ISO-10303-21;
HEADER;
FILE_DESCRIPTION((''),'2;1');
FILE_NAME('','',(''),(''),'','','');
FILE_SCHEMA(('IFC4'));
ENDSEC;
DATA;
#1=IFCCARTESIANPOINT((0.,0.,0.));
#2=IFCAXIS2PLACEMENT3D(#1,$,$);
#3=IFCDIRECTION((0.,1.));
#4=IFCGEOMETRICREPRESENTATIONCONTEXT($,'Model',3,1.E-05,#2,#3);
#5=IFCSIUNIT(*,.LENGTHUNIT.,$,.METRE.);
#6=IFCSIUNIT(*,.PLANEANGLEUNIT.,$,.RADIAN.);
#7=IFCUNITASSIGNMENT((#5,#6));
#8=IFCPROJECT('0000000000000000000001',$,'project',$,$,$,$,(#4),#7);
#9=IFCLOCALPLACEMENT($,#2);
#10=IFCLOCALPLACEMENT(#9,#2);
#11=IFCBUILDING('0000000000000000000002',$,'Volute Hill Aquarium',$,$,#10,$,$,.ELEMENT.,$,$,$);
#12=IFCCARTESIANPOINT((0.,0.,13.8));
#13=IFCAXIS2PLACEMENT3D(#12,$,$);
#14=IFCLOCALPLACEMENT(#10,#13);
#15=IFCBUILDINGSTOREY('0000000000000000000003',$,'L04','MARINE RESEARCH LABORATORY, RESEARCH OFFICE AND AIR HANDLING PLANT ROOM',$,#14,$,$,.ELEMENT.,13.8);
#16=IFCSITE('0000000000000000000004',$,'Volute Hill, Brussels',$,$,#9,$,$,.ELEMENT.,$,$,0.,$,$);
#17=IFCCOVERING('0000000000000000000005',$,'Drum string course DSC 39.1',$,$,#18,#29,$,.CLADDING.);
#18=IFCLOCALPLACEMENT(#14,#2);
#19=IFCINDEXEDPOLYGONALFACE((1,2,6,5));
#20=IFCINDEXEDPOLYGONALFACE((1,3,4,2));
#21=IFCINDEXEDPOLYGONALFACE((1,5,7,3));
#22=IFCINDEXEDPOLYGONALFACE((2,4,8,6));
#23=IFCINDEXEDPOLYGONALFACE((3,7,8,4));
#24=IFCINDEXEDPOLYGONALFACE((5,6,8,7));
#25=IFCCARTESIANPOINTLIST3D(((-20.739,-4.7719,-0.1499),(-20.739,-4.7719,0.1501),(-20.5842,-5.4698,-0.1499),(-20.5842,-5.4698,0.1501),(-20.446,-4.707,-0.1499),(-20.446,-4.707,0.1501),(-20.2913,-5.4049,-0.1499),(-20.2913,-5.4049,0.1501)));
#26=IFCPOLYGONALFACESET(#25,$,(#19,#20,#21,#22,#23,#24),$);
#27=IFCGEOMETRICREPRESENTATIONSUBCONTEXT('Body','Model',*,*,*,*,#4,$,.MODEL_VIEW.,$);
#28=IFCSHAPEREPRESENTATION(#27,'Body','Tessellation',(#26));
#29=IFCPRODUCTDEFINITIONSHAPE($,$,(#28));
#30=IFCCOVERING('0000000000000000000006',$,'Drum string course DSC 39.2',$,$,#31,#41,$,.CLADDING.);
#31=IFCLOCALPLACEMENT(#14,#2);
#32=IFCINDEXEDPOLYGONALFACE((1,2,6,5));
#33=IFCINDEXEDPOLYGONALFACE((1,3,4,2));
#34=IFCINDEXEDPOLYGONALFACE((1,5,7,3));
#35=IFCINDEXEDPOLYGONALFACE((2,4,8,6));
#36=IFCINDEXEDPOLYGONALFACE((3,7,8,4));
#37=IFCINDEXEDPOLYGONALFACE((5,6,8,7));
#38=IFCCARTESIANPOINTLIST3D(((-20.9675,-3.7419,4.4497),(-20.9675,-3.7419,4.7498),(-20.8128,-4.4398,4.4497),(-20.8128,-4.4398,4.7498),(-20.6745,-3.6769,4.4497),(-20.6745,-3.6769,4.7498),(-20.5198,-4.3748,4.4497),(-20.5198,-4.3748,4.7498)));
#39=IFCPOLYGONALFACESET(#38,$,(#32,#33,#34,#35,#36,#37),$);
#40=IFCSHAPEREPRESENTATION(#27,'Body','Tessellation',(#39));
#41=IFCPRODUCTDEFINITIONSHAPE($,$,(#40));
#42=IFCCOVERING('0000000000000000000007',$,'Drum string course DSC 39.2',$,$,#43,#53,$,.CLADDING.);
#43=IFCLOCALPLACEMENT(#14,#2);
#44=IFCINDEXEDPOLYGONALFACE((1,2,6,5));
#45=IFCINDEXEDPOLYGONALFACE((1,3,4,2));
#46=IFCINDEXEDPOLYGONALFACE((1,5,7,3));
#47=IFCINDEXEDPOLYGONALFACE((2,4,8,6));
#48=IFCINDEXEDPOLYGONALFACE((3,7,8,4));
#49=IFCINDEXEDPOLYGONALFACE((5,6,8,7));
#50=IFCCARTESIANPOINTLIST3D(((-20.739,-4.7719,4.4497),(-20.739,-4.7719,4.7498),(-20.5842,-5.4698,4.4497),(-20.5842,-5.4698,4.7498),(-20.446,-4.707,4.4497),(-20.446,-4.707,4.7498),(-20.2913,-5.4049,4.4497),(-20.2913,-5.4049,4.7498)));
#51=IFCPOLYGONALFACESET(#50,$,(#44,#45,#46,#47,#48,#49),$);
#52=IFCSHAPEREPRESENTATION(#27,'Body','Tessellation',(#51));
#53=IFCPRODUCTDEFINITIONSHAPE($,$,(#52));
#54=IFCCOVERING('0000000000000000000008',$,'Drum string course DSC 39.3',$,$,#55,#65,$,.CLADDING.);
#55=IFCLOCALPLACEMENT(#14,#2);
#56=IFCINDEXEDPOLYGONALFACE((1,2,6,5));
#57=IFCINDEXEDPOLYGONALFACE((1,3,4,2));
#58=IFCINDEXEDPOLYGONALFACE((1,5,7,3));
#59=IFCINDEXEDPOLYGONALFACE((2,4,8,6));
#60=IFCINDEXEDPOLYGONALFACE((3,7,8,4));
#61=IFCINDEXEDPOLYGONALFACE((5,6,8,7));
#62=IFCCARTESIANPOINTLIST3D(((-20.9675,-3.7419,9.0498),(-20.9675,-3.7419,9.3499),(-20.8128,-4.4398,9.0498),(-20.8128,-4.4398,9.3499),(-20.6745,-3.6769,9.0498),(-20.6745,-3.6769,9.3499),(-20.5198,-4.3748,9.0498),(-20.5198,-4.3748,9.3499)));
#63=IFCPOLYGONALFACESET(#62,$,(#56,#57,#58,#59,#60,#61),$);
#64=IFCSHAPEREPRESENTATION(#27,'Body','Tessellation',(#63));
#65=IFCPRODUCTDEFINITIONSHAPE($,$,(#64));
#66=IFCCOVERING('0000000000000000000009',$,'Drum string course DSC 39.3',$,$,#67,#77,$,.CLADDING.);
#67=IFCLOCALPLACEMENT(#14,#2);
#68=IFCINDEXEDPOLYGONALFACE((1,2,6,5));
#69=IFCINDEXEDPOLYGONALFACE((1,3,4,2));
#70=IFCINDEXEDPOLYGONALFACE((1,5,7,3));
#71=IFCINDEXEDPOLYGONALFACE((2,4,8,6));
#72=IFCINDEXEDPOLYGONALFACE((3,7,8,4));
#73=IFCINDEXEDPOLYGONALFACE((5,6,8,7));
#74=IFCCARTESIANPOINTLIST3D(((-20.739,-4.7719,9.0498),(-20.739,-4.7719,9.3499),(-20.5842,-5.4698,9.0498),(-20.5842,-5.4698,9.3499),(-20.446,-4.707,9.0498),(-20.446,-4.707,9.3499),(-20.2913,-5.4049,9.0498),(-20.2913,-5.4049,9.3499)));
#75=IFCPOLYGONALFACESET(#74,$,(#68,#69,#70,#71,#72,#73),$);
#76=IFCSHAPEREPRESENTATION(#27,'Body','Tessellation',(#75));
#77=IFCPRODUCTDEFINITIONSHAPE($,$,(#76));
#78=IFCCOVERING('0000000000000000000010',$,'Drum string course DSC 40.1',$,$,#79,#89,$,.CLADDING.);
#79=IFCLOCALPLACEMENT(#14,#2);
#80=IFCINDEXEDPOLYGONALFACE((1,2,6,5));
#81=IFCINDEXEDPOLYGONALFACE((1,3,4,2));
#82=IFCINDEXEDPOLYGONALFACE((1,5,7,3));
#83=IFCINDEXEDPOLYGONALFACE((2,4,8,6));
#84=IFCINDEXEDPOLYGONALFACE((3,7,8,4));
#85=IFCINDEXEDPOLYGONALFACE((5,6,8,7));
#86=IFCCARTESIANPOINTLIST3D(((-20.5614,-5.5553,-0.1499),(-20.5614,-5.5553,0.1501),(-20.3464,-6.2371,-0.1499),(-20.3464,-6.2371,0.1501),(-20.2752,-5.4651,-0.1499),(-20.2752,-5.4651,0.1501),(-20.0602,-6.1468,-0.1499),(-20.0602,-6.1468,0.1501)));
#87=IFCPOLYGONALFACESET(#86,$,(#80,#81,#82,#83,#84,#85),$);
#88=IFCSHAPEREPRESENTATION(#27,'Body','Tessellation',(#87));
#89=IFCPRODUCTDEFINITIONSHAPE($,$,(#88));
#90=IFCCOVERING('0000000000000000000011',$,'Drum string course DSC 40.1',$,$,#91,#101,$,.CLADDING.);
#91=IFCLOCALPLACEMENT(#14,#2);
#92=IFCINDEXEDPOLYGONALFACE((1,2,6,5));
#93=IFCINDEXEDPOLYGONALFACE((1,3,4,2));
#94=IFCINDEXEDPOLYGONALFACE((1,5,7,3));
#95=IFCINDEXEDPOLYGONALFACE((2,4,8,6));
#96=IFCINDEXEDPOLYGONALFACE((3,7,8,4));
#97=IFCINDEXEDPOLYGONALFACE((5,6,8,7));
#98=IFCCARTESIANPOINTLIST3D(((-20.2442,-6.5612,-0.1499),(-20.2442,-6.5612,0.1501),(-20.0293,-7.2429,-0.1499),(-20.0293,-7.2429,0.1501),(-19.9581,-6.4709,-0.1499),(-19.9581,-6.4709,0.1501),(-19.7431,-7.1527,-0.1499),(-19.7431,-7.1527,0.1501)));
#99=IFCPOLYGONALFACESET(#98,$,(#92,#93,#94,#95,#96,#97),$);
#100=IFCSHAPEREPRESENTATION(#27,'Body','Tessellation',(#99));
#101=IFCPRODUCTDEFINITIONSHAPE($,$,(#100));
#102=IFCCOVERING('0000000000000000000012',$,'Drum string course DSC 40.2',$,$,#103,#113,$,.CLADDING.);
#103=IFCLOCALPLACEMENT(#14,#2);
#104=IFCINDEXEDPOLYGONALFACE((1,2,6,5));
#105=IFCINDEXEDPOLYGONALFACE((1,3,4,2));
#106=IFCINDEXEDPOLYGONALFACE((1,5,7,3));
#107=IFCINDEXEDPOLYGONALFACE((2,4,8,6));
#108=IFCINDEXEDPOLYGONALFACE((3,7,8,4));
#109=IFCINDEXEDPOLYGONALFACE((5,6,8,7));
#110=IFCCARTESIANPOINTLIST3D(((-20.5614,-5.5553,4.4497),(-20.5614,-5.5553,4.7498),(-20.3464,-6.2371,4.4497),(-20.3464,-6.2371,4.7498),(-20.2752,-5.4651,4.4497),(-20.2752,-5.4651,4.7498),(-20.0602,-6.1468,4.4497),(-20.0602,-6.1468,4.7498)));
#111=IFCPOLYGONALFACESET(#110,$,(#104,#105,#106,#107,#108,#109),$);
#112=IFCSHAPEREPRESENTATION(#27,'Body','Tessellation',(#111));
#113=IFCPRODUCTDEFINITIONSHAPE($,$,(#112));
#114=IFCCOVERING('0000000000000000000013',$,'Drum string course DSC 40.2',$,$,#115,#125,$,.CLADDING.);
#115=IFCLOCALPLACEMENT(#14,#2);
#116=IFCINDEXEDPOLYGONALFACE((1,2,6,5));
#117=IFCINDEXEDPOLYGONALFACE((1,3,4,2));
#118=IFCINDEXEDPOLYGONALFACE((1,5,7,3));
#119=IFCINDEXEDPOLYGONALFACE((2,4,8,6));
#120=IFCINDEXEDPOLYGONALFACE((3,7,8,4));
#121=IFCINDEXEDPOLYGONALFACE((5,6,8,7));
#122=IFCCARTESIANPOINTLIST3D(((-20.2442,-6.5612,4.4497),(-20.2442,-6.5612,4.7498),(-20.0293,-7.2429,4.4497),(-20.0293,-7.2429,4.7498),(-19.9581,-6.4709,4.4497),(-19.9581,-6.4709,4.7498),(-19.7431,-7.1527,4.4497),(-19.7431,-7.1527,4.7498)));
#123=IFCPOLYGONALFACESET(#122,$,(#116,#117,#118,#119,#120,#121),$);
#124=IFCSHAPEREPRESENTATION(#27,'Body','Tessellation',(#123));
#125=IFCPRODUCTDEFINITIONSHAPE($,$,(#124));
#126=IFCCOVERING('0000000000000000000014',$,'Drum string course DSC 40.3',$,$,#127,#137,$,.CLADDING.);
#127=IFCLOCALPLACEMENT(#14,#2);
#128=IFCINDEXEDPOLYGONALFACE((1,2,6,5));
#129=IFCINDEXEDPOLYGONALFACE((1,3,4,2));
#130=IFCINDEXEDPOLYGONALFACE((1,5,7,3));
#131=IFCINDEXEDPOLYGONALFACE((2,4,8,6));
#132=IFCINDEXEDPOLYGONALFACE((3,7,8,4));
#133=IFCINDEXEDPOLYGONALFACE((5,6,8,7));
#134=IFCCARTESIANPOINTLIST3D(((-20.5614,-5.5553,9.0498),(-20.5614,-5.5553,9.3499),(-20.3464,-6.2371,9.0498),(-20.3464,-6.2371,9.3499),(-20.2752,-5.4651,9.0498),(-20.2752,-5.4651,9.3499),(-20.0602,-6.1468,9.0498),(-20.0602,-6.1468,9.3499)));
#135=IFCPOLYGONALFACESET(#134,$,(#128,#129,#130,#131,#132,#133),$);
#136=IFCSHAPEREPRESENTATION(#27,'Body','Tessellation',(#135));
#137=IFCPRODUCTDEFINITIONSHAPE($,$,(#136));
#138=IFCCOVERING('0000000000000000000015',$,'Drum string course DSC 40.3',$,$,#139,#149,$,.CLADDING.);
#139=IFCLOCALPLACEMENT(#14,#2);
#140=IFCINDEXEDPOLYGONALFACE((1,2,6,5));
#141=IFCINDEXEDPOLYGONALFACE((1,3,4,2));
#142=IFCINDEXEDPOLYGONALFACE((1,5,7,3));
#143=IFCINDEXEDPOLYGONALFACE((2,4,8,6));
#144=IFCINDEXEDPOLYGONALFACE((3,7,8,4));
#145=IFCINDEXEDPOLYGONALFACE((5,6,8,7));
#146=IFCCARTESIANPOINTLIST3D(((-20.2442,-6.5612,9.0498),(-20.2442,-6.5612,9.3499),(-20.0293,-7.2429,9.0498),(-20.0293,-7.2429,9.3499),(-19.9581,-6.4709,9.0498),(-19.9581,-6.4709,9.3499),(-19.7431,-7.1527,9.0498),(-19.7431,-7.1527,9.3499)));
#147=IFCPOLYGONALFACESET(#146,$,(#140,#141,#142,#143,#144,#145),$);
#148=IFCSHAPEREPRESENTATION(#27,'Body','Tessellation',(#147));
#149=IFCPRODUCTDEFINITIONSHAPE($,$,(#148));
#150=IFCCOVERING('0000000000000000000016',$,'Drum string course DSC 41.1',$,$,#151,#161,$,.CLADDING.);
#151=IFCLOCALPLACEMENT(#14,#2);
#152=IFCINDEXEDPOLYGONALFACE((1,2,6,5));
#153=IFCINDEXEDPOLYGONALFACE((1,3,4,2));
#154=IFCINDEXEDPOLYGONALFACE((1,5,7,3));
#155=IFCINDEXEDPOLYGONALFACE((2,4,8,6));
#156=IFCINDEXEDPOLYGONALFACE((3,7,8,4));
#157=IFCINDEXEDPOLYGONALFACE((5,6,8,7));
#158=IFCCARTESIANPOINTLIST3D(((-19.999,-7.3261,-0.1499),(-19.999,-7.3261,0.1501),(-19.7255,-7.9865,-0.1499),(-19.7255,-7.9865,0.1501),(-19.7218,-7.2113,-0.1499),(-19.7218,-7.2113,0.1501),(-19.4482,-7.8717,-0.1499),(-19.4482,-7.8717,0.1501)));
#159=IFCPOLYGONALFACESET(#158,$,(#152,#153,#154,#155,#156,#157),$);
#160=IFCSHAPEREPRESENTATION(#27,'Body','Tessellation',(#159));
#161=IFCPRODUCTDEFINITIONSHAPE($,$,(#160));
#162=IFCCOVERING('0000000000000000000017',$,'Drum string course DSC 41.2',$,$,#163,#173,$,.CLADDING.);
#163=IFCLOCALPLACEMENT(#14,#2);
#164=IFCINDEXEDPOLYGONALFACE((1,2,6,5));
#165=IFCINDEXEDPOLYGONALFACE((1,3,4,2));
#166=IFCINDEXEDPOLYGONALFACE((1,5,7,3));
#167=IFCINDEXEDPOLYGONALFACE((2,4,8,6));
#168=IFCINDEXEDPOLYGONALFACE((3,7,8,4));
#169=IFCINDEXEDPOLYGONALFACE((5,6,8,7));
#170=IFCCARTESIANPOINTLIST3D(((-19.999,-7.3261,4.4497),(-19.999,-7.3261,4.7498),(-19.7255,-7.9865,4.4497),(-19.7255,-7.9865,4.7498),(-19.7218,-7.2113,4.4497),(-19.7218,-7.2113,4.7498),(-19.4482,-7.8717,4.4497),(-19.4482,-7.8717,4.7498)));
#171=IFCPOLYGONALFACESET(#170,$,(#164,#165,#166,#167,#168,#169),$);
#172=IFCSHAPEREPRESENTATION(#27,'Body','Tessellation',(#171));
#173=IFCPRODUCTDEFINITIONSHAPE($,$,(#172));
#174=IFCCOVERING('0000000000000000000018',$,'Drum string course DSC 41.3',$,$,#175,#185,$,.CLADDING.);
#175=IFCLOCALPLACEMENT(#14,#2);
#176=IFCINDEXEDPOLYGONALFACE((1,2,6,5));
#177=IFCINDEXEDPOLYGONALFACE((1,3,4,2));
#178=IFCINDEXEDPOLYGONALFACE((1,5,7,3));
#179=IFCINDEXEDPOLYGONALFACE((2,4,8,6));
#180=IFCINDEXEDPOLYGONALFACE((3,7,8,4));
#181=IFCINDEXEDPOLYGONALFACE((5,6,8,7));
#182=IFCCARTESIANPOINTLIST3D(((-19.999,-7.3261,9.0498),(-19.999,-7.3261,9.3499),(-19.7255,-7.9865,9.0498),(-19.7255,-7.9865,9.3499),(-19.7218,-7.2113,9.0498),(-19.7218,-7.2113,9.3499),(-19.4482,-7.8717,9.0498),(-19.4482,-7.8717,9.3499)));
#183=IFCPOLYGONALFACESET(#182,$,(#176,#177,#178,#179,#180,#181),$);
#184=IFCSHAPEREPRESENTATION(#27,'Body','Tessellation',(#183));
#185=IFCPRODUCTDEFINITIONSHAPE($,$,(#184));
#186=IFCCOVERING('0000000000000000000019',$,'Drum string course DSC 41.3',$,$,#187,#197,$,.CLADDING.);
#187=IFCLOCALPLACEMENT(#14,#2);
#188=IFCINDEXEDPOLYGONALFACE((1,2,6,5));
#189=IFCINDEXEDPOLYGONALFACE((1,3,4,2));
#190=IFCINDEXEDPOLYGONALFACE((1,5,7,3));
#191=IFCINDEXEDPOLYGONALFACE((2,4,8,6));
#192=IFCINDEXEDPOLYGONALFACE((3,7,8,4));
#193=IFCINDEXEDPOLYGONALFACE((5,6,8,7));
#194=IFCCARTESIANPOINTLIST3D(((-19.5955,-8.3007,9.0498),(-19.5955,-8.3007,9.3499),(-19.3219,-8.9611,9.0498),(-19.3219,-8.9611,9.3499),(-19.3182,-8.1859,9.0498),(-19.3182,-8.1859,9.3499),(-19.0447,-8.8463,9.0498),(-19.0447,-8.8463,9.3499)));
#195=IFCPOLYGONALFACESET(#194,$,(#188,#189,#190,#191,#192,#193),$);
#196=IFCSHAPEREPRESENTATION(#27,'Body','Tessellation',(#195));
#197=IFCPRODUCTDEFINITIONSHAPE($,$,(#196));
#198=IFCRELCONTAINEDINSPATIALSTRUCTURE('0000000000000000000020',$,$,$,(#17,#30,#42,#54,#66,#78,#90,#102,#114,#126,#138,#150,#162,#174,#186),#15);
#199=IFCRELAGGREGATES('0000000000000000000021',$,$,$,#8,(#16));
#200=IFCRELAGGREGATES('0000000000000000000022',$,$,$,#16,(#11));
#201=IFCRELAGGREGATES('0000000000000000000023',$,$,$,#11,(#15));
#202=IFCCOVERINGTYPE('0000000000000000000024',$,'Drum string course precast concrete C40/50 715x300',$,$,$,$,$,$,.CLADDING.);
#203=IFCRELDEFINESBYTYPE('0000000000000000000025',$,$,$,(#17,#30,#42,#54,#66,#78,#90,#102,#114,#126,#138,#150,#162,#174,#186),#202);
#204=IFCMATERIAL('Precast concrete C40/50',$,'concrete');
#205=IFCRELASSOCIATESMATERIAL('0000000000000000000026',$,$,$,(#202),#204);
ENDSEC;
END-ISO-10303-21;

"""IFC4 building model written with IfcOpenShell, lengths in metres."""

from ifc_helpers import new_model, si_unit, direction, frame, origin, origin_2d, place, context, subcontext, project, spatial, rectangle, extrude, material, type_object, element, save


model = new_model("IFC4")

# Units and contexts
model_context = context("Model", 3, precision=1e-05, world=origin(), true_north=direction((0.0, 1.0)))
body_context = subcontext(model_context, "Body", "Model", "MODEL_VIEW")
ifc_project = project(units=[si_unit("LENGTHUNIT", "METRE"), si_unit("PLANEANGLEUNIT", "RADIAN")], contexts=[model_context])

# Site, building, storey
site_placement = place(None, origin())
site = spatial("IfcSite", under=ifc_project, at=site_placement, Name="Volute Hill, Brussels", CompositionType="ELEMENT", RefElevation=0.0)
building_placement = place(site_placement, origin())
building = spatial("IfcBuilding", under=site, at=building_placement, Name="Volute Hill Aquarium", CompositionType="ELEMENT")
storey_placement = place(building_placement, frame((0.0, 0.0, 13.8)))
storey = spatial("IfcBuildingStorey", under=building, at=storey_placement, Name="L04", Description="MARINE RESEARCH LABORATORY, RESEARCH OFFICE AND AIR HANDLING PLANT ROOM", CompositionType="ELEMENT", Elevation=13.8)

# Coverings
ifc_material_1 = material(Name="Precast concrete C40/50", Category="concrete")
covering_type_1 = type_object("IfcCoveringType", Name="Drum string course precast concrete C40/50 715x300", PredefinedType="CLADDING", material=ifc_material_1)
for number, where, z_axis, x_axis, name in (
    (1, (-20.5151, -5.0884, -0.1499), (0.0, 0.0, 1.0), (0.21644, -0.976296, 0.0), "Drum string course DSC 39.1"),
    (2, (-20.7437, -4.0583, 4.4497), (0.0, 0.0, 1.0), (0.21644, -0.976296, 0.0), "Drum string course DSC 39.2"),
    (3, (-20.5151, -5.0884, 4.4497), (0.0, 0.0, 1.0), (0.21644, -0.976296, 0.0), "Drum string course DSC 39.2"),
    (4, (-20.7437, -4.0583, 9.0498), (0.0, 0.0, 1.0), (0.21644, -0.976296, 0.0), "Drum string course DSC 39.3"),
    (5, (-20.5151, -5.0884, 9.0498), (0.0, 0.0, 1.0), (0.21644, -0.976296, 0.0), "Drum string course DSC 39.3"),
    (6, (-20.3108, -5.8511, -0.1499), (0.0, 0.0, 1.0), (0.300706, -0.953717, 0.0), "Drum string course DSC 40.1"),
    (7, (-19.9937, -6.8569, -0.1499), (0.0, 0.0, 1.0), (0.300706, -0.953717, 0.0), "Drum string course DSC 40.1"),
    (8, (-20.3108, -5.8511, 4.4497), (0.0, 0.0, 1.0), (0.300706, -0.953717, 0.0), "Drum string course DSC 40.2"),
    (9, (-19.9937, -6.8569, 4.4497), (0.0, 0.0, 1.0), (0.300706, -0.953717, 0.0), "Drum string course DSC 40.2"),
    (10, (-20.3108, -5.8511, 9.0498), (0.0, 0.0, 1.0), (0.300706, -0.953717, 0.0), "Drum string course DSC 40.3"),
    (11, (-19.9937, -6.8569, 9.0498), (0.0, 0.0, 1.0), (0.300706, -0.953717, 0.0), "Drum string course DSC 40.3"),
    (12, (-19.7236, -7.5989, -0.1499), (0.0, 0.0, 1.0), (0.382683, -0.92388, 0.0), "Drum string course DSC 41.1"),
    (13, (-19.7236, -7.5989, 4.4497), (0.0, 0.0, 1.0), (0.382683, -0.92388, 0.0), "Drum string course DSC 41.2"),
    (14, (-19.7236, -7.5989, 9.0498), (0.0, 0.0, 1.0), (0.382683, -0.92388, 0.0), "Drum string course DSC 41.3"),
    (15, (-19.3201, -8.5735, 9.0498), (0.0, 0.0, 1.0), (0.382683, -0.92388, 0.0), "Drum string course DSC 41.3"),
):
    element("IfcCovering", number, at=place(storey_placement, frame(where, z_axis=z_axis, x_axis=x_axis)), inside=storey, type_object=covering_type_1, Name=name, PredefinedType="CLADDING", context=body_context, shape_type="SweptSolid", body=[
        extrude(rectangle(XDim=0.7148, YDim=0.3, at=origin_2d()), origin(), (0.0, 0.0, 1.0), 0.3),
    ])

save(model, "model.ifc")
